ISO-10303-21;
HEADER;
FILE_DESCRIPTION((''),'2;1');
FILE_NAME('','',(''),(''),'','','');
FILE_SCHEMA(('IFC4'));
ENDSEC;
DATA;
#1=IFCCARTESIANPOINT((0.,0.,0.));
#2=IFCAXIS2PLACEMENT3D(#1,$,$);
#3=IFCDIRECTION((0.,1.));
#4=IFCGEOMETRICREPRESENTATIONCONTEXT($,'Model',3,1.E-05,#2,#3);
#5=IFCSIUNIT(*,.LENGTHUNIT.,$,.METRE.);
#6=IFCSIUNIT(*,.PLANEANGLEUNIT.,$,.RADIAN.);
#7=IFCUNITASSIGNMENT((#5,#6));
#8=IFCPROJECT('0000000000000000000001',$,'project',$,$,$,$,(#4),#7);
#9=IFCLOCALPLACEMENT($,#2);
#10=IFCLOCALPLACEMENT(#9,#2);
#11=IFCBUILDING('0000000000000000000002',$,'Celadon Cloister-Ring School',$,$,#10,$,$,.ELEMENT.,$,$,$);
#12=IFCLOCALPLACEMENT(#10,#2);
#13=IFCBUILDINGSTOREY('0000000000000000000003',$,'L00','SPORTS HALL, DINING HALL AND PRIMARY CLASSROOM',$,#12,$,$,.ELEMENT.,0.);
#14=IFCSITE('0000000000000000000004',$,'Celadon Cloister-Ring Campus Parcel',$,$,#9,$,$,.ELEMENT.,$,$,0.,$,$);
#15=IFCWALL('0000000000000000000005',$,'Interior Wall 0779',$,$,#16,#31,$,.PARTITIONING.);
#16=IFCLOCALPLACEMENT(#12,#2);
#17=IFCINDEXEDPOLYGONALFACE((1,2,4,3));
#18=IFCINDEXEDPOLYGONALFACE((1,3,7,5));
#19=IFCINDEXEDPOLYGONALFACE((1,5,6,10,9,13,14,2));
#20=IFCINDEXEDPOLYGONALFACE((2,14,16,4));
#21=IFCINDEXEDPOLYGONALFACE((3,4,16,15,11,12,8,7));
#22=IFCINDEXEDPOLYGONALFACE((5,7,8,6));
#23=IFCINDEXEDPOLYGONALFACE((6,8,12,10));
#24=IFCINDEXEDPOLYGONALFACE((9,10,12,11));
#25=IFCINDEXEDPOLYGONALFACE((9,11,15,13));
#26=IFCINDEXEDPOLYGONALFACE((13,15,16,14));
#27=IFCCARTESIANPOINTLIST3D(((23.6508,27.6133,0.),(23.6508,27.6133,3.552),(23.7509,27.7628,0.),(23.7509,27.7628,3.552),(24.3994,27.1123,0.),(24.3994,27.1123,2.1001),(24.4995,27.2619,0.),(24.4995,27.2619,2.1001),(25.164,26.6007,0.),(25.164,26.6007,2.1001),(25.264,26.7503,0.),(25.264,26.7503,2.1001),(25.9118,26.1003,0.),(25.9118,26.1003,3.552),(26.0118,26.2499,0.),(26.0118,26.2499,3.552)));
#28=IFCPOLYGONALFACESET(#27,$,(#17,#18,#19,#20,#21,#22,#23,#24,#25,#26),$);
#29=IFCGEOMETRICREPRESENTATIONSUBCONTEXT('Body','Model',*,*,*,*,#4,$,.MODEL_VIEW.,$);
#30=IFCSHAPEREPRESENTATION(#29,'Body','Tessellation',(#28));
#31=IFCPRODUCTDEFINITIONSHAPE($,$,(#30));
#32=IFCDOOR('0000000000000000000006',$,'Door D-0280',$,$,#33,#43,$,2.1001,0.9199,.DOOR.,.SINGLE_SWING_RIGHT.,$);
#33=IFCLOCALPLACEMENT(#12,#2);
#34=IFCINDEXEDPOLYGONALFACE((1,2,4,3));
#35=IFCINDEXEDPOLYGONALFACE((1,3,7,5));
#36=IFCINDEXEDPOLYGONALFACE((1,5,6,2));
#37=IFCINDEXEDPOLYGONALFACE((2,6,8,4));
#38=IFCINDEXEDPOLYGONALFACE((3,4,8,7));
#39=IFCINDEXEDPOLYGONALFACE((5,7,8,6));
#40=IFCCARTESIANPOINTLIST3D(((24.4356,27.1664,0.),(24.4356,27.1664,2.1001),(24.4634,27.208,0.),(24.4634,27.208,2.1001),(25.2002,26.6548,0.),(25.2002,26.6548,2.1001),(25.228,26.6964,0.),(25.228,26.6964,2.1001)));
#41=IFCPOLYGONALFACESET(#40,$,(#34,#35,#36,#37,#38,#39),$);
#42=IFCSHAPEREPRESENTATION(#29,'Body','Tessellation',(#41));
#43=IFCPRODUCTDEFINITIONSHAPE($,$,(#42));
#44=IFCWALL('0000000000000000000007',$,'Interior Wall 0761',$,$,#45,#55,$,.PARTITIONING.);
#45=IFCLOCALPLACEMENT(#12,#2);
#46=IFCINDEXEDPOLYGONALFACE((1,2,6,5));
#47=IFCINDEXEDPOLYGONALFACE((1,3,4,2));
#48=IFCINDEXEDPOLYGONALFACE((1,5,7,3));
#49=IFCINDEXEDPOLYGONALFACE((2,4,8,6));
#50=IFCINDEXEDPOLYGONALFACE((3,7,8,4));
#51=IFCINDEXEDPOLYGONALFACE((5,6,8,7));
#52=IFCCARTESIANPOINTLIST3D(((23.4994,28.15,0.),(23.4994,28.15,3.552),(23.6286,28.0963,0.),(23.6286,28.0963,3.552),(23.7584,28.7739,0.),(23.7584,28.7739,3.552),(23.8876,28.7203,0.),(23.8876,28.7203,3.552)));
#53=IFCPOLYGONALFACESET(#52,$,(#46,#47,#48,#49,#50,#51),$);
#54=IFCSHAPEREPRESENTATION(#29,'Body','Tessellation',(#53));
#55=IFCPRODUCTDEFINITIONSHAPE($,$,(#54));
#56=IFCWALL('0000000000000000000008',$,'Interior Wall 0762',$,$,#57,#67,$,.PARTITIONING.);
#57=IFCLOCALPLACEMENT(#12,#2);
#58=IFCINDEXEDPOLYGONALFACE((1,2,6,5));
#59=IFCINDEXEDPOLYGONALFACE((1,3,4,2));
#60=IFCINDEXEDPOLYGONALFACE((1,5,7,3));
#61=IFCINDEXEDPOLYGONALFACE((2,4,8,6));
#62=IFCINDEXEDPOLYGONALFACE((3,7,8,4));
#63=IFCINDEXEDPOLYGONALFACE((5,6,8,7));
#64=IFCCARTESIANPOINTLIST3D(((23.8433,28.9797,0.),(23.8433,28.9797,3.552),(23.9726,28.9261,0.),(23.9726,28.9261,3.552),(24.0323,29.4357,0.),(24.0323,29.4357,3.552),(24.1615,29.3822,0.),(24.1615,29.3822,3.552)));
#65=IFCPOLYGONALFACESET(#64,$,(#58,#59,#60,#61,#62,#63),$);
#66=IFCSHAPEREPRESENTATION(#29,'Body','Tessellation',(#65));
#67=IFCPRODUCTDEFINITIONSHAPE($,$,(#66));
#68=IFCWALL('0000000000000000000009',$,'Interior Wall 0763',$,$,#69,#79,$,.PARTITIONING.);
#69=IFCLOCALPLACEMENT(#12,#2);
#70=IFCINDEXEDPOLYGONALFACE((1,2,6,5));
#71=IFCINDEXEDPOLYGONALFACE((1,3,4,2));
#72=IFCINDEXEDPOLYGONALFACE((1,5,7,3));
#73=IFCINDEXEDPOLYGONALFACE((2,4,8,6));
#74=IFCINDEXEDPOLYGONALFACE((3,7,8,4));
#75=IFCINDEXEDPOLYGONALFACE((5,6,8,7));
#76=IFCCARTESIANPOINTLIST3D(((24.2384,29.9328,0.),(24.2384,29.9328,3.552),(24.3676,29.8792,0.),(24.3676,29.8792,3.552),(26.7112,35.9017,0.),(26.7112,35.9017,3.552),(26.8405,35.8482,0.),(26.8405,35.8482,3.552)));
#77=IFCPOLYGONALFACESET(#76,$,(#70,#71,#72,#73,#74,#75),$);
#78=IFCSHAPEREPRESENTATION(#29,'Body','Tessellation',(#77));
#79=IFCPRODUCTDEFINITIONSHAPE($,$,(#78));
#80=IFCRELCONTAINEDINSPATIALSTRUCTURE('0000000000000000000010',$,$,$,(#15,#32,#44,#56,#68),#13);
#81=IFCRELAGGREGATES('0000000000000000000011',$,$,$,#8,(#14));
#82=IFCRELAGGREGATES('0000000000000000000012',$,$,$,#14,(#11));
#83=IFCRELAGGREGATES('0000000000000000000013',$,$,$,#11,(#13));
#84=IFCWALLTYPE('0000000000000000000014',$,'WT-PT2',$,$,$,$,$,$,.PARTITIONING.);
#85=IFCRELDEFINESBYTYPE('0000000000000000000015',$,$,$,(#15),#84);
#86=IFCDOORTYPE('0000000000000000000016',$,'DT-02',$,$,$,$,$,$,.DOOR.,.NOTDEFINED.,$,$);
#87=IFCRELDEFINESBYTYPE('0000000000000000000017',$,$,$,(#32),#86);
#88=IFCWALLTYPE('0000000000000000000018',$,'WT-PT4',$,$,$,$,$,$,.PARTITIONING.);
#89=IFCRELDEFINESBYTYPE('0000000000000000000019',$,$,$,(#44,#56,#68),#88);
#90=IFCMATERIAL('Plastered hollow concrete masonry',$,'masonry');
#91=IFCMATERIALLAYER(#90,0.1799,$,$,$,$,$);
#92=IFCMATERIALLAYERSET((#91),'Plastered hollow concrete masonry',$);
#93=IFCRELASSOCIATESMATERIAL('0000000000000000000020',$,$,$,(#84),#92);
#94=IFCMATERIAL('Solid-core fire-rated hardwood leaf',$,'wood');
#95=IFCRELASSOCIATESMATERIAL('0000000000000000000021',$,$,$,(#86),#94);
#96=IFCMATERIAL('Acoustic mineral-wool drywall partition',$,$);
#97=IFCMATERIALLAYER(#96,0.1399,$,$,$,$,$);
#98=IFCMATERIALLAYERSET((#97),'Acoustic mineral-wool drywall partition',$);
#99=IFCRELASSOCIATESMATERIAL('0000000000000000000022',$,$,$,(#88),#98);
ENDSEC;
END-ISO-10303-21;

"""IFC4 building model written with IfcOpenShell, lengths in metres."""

from ifc_helpers import new_model, si_unit, direction, frame, frame_2d, origin, place, context, subcontext, project, spatial, rectangle, extrude, material, layer, layer_set, type_object, element, fill, save


model = new_model("IFC4")

# Units and contexts
model_context = context("Model", 3, precision=1e-05, world=origin(), true_north=direction((0.0, 1.0)))
body_context = subcontext(model_context, "Body", "Model", "MODEL_VIEW")
ifc_project = project(units=[si_unit("LENGTHUNIT", "METRE"), si_unit("PLANEANGLEUNIT", "RADIAN")], contexts=[model_context])

# Site, building, storey
site_placement = place(None, origin())
site = spatial("IfcSite", under=ifc_project, at=site_placement, Name="Celadon Cloister-Ring Campus Parcel", CompositionType="ELEMENT", RefElevation=0.0)
building_placement = place(site_placement, origin())
building = spatial("IfcBuilding", under=site, at=building_placement, Name="Celadon Cloister-Ring School", CompositionType="ELEMENT")
storey_placement = place(building_placement, origin())
storey = spatial("IfcBuildingStorey", under=building, at=storey_placement, Name="L00", Description="SPORTS HALL, DINING HALL AND PRIMARY CLASSROOM", CompositionType="ELEMENT", Elevation=0.0)

# Wall, opening, door
ifc_material_1 = material(Name="Plastered hollow concrete masonry", Category="masonry")
ifc_layer_1 = layer(ifc_material_1, 0.1799)
ifc_layer_set_1 = layer_set([ifc_layer_1], Name="Plastered hollow concrete masonry")
wall_type_1 = type_object("IfcWallType", Name="WT-PT2", PredefinedType="PARTITIONING", material=ifc_layer_set_1)
wall_1_placement = place(storey_placement, frame((25.9619, 26.175, 0.0), z_axis=(0.0, 0.0, 1.0), x_axis=(-0.831096, 0.556128, 0.0)))
wall_1 = element("IfcWall", 1, at=wall_1_placement, inside=storey, type_object=wall_type_1, Name="Interior Wall 0779", PredefinedType="PARTITIONING", context=body_context, shape_type="SweptSolid", body=[
    extrude(rectangle(XDim=2.7205, YDim=0.1799, at=frame_2d((1.3604, 0.0))), origin(), (0.0, 0.0, 1.0), 3.552),
])
opening_1_placement = place(wall_1_placement, frame((0.8999, 0.0, 0.0)))
opening_1 = element("IfcOpeningElement", 2, at=opening_1_placement, cuts=wall_1, PredefinedType="OPENING", context=body_context, shape_type="SweptSolid", body=[
    extrude(rectangle(XDim=0.9199, YDim=2.1001, at=frame_2d((0.46, 1.05))), frame((0.0, 0.1001, 0.0), z_axis=(0.0, -1.0, 0.0), x_axis=(1.0, 0.0, 0.0)), (0.0, 0.0, 1.0), 0.2),
])
ifc_material_2 = material(Name="Solid-core fire-rated hardwood leaf", Category="wood")
door_type_1 = type_object("IfcDoorType", Name="DT-02", OperationType="NOTDEFINED", PredefinedType="DOOR", material=ifc_material_2)
door_1_placement = place(opening_1_placement, origin())
door_1 = element("IfcDoor", 3, at=door_1_placement, inside=storey, type_object=door_type_1, Name="Door D-0280", OperationType="SINGLE_SWING_RIGHT", OverallHeight=2.1001, OverallWidth=0.9199, PredefinedType="DOOR", context=body_context, shape_type="SweptSolid", body=[
    extrude(rectangle(XDim=0.9199, YDim=2.1001, at=frame_2d((0.46, 1.05))), frame((0.0, 0.0249, 0.0), z_axis=(0.0, -1.0, 0.0), x_axis=(1.0, 0.0, 0.0)), (0.0, 0.0, 1.0), 0.05),
])
fill(opening_1, door_1)

# Walls
ifc_material_3 = material(Name="Acoustic mineral-wool drywall partition")
ifc_layer_2 = layer(ifc_material_3, 0.1399)
ifc_layer_set_2 = layer_set([ifc_layer_2], Name="Acoustic mineral-wool drywall partition")
wall_type_2 = type_object("IfcWallType", Name="WT-PT4", PredefinedType="PARTITIONING", material=ifc_layer_set_2)
wall_2_placement = place(storey_placement, frame((23.564, 28.123, 0.0), z_axis=(0.0, 0.0, 1.0), x_axis=(0.383383, 0.923589, 0.0)))
element("IfcWall", 4, at=wall_2_placement, inside=storey, type_object=wall_type_2, Name="Interior Wall 0761", PredefinedType="PARTITIONING", context=body_context, shape_type="SweptSolid", body=[
    extrude(rectangle(XDim=0.6755, YDim=0.1399, at=frame_2d((0.3379, 0.0))), origin(), (0.0, 0.0, 1.0), 3.552),
])
wall_3_placement = place(storey_placement, frame((23.908, 28.9529, 0.0), z_axis=(0.0, 0.0, 1.0), x_axis=(0.382789, 0.923836, 0.0)))
element("IfcWall", 5, at=wall_3_placement, inside=storey, type_object=wall_type_2, Name="Interior Wall 0762", PredefinedType="PARTITIONING", context=body_context, shape_type="SweptSolid", body=[
    extrude(rectangle(XDim=0.4937, YDim=0.1399, at=frame_2d((0.2468, 0.0))), origin(), (0.0, 0.0, 1.0), 3.552),
])
wall_4_placement = place(storey_placement, frame((24.303, 29.906, 0.0), z_axis=(0.0, 0.0, 1.0), x_axis=(0.382744, 0.923854, 0.0)))
element("IfcWall", 6, at=wall_4_placement, inside=storey, type_object=wall_type_2, Name="Interior Wall 0763", PredefinedType="PARTITIONING", context=body_context, shape_type="SweptSolid", body=[
    extrude(rectangle(XDim=6.4609, YDim=0.1399, at=frame_2d((3.2305, 0.0))), origin(), (0.0, 0.0, 1.0), 3.552),
])

save(model, "model.ifc")
